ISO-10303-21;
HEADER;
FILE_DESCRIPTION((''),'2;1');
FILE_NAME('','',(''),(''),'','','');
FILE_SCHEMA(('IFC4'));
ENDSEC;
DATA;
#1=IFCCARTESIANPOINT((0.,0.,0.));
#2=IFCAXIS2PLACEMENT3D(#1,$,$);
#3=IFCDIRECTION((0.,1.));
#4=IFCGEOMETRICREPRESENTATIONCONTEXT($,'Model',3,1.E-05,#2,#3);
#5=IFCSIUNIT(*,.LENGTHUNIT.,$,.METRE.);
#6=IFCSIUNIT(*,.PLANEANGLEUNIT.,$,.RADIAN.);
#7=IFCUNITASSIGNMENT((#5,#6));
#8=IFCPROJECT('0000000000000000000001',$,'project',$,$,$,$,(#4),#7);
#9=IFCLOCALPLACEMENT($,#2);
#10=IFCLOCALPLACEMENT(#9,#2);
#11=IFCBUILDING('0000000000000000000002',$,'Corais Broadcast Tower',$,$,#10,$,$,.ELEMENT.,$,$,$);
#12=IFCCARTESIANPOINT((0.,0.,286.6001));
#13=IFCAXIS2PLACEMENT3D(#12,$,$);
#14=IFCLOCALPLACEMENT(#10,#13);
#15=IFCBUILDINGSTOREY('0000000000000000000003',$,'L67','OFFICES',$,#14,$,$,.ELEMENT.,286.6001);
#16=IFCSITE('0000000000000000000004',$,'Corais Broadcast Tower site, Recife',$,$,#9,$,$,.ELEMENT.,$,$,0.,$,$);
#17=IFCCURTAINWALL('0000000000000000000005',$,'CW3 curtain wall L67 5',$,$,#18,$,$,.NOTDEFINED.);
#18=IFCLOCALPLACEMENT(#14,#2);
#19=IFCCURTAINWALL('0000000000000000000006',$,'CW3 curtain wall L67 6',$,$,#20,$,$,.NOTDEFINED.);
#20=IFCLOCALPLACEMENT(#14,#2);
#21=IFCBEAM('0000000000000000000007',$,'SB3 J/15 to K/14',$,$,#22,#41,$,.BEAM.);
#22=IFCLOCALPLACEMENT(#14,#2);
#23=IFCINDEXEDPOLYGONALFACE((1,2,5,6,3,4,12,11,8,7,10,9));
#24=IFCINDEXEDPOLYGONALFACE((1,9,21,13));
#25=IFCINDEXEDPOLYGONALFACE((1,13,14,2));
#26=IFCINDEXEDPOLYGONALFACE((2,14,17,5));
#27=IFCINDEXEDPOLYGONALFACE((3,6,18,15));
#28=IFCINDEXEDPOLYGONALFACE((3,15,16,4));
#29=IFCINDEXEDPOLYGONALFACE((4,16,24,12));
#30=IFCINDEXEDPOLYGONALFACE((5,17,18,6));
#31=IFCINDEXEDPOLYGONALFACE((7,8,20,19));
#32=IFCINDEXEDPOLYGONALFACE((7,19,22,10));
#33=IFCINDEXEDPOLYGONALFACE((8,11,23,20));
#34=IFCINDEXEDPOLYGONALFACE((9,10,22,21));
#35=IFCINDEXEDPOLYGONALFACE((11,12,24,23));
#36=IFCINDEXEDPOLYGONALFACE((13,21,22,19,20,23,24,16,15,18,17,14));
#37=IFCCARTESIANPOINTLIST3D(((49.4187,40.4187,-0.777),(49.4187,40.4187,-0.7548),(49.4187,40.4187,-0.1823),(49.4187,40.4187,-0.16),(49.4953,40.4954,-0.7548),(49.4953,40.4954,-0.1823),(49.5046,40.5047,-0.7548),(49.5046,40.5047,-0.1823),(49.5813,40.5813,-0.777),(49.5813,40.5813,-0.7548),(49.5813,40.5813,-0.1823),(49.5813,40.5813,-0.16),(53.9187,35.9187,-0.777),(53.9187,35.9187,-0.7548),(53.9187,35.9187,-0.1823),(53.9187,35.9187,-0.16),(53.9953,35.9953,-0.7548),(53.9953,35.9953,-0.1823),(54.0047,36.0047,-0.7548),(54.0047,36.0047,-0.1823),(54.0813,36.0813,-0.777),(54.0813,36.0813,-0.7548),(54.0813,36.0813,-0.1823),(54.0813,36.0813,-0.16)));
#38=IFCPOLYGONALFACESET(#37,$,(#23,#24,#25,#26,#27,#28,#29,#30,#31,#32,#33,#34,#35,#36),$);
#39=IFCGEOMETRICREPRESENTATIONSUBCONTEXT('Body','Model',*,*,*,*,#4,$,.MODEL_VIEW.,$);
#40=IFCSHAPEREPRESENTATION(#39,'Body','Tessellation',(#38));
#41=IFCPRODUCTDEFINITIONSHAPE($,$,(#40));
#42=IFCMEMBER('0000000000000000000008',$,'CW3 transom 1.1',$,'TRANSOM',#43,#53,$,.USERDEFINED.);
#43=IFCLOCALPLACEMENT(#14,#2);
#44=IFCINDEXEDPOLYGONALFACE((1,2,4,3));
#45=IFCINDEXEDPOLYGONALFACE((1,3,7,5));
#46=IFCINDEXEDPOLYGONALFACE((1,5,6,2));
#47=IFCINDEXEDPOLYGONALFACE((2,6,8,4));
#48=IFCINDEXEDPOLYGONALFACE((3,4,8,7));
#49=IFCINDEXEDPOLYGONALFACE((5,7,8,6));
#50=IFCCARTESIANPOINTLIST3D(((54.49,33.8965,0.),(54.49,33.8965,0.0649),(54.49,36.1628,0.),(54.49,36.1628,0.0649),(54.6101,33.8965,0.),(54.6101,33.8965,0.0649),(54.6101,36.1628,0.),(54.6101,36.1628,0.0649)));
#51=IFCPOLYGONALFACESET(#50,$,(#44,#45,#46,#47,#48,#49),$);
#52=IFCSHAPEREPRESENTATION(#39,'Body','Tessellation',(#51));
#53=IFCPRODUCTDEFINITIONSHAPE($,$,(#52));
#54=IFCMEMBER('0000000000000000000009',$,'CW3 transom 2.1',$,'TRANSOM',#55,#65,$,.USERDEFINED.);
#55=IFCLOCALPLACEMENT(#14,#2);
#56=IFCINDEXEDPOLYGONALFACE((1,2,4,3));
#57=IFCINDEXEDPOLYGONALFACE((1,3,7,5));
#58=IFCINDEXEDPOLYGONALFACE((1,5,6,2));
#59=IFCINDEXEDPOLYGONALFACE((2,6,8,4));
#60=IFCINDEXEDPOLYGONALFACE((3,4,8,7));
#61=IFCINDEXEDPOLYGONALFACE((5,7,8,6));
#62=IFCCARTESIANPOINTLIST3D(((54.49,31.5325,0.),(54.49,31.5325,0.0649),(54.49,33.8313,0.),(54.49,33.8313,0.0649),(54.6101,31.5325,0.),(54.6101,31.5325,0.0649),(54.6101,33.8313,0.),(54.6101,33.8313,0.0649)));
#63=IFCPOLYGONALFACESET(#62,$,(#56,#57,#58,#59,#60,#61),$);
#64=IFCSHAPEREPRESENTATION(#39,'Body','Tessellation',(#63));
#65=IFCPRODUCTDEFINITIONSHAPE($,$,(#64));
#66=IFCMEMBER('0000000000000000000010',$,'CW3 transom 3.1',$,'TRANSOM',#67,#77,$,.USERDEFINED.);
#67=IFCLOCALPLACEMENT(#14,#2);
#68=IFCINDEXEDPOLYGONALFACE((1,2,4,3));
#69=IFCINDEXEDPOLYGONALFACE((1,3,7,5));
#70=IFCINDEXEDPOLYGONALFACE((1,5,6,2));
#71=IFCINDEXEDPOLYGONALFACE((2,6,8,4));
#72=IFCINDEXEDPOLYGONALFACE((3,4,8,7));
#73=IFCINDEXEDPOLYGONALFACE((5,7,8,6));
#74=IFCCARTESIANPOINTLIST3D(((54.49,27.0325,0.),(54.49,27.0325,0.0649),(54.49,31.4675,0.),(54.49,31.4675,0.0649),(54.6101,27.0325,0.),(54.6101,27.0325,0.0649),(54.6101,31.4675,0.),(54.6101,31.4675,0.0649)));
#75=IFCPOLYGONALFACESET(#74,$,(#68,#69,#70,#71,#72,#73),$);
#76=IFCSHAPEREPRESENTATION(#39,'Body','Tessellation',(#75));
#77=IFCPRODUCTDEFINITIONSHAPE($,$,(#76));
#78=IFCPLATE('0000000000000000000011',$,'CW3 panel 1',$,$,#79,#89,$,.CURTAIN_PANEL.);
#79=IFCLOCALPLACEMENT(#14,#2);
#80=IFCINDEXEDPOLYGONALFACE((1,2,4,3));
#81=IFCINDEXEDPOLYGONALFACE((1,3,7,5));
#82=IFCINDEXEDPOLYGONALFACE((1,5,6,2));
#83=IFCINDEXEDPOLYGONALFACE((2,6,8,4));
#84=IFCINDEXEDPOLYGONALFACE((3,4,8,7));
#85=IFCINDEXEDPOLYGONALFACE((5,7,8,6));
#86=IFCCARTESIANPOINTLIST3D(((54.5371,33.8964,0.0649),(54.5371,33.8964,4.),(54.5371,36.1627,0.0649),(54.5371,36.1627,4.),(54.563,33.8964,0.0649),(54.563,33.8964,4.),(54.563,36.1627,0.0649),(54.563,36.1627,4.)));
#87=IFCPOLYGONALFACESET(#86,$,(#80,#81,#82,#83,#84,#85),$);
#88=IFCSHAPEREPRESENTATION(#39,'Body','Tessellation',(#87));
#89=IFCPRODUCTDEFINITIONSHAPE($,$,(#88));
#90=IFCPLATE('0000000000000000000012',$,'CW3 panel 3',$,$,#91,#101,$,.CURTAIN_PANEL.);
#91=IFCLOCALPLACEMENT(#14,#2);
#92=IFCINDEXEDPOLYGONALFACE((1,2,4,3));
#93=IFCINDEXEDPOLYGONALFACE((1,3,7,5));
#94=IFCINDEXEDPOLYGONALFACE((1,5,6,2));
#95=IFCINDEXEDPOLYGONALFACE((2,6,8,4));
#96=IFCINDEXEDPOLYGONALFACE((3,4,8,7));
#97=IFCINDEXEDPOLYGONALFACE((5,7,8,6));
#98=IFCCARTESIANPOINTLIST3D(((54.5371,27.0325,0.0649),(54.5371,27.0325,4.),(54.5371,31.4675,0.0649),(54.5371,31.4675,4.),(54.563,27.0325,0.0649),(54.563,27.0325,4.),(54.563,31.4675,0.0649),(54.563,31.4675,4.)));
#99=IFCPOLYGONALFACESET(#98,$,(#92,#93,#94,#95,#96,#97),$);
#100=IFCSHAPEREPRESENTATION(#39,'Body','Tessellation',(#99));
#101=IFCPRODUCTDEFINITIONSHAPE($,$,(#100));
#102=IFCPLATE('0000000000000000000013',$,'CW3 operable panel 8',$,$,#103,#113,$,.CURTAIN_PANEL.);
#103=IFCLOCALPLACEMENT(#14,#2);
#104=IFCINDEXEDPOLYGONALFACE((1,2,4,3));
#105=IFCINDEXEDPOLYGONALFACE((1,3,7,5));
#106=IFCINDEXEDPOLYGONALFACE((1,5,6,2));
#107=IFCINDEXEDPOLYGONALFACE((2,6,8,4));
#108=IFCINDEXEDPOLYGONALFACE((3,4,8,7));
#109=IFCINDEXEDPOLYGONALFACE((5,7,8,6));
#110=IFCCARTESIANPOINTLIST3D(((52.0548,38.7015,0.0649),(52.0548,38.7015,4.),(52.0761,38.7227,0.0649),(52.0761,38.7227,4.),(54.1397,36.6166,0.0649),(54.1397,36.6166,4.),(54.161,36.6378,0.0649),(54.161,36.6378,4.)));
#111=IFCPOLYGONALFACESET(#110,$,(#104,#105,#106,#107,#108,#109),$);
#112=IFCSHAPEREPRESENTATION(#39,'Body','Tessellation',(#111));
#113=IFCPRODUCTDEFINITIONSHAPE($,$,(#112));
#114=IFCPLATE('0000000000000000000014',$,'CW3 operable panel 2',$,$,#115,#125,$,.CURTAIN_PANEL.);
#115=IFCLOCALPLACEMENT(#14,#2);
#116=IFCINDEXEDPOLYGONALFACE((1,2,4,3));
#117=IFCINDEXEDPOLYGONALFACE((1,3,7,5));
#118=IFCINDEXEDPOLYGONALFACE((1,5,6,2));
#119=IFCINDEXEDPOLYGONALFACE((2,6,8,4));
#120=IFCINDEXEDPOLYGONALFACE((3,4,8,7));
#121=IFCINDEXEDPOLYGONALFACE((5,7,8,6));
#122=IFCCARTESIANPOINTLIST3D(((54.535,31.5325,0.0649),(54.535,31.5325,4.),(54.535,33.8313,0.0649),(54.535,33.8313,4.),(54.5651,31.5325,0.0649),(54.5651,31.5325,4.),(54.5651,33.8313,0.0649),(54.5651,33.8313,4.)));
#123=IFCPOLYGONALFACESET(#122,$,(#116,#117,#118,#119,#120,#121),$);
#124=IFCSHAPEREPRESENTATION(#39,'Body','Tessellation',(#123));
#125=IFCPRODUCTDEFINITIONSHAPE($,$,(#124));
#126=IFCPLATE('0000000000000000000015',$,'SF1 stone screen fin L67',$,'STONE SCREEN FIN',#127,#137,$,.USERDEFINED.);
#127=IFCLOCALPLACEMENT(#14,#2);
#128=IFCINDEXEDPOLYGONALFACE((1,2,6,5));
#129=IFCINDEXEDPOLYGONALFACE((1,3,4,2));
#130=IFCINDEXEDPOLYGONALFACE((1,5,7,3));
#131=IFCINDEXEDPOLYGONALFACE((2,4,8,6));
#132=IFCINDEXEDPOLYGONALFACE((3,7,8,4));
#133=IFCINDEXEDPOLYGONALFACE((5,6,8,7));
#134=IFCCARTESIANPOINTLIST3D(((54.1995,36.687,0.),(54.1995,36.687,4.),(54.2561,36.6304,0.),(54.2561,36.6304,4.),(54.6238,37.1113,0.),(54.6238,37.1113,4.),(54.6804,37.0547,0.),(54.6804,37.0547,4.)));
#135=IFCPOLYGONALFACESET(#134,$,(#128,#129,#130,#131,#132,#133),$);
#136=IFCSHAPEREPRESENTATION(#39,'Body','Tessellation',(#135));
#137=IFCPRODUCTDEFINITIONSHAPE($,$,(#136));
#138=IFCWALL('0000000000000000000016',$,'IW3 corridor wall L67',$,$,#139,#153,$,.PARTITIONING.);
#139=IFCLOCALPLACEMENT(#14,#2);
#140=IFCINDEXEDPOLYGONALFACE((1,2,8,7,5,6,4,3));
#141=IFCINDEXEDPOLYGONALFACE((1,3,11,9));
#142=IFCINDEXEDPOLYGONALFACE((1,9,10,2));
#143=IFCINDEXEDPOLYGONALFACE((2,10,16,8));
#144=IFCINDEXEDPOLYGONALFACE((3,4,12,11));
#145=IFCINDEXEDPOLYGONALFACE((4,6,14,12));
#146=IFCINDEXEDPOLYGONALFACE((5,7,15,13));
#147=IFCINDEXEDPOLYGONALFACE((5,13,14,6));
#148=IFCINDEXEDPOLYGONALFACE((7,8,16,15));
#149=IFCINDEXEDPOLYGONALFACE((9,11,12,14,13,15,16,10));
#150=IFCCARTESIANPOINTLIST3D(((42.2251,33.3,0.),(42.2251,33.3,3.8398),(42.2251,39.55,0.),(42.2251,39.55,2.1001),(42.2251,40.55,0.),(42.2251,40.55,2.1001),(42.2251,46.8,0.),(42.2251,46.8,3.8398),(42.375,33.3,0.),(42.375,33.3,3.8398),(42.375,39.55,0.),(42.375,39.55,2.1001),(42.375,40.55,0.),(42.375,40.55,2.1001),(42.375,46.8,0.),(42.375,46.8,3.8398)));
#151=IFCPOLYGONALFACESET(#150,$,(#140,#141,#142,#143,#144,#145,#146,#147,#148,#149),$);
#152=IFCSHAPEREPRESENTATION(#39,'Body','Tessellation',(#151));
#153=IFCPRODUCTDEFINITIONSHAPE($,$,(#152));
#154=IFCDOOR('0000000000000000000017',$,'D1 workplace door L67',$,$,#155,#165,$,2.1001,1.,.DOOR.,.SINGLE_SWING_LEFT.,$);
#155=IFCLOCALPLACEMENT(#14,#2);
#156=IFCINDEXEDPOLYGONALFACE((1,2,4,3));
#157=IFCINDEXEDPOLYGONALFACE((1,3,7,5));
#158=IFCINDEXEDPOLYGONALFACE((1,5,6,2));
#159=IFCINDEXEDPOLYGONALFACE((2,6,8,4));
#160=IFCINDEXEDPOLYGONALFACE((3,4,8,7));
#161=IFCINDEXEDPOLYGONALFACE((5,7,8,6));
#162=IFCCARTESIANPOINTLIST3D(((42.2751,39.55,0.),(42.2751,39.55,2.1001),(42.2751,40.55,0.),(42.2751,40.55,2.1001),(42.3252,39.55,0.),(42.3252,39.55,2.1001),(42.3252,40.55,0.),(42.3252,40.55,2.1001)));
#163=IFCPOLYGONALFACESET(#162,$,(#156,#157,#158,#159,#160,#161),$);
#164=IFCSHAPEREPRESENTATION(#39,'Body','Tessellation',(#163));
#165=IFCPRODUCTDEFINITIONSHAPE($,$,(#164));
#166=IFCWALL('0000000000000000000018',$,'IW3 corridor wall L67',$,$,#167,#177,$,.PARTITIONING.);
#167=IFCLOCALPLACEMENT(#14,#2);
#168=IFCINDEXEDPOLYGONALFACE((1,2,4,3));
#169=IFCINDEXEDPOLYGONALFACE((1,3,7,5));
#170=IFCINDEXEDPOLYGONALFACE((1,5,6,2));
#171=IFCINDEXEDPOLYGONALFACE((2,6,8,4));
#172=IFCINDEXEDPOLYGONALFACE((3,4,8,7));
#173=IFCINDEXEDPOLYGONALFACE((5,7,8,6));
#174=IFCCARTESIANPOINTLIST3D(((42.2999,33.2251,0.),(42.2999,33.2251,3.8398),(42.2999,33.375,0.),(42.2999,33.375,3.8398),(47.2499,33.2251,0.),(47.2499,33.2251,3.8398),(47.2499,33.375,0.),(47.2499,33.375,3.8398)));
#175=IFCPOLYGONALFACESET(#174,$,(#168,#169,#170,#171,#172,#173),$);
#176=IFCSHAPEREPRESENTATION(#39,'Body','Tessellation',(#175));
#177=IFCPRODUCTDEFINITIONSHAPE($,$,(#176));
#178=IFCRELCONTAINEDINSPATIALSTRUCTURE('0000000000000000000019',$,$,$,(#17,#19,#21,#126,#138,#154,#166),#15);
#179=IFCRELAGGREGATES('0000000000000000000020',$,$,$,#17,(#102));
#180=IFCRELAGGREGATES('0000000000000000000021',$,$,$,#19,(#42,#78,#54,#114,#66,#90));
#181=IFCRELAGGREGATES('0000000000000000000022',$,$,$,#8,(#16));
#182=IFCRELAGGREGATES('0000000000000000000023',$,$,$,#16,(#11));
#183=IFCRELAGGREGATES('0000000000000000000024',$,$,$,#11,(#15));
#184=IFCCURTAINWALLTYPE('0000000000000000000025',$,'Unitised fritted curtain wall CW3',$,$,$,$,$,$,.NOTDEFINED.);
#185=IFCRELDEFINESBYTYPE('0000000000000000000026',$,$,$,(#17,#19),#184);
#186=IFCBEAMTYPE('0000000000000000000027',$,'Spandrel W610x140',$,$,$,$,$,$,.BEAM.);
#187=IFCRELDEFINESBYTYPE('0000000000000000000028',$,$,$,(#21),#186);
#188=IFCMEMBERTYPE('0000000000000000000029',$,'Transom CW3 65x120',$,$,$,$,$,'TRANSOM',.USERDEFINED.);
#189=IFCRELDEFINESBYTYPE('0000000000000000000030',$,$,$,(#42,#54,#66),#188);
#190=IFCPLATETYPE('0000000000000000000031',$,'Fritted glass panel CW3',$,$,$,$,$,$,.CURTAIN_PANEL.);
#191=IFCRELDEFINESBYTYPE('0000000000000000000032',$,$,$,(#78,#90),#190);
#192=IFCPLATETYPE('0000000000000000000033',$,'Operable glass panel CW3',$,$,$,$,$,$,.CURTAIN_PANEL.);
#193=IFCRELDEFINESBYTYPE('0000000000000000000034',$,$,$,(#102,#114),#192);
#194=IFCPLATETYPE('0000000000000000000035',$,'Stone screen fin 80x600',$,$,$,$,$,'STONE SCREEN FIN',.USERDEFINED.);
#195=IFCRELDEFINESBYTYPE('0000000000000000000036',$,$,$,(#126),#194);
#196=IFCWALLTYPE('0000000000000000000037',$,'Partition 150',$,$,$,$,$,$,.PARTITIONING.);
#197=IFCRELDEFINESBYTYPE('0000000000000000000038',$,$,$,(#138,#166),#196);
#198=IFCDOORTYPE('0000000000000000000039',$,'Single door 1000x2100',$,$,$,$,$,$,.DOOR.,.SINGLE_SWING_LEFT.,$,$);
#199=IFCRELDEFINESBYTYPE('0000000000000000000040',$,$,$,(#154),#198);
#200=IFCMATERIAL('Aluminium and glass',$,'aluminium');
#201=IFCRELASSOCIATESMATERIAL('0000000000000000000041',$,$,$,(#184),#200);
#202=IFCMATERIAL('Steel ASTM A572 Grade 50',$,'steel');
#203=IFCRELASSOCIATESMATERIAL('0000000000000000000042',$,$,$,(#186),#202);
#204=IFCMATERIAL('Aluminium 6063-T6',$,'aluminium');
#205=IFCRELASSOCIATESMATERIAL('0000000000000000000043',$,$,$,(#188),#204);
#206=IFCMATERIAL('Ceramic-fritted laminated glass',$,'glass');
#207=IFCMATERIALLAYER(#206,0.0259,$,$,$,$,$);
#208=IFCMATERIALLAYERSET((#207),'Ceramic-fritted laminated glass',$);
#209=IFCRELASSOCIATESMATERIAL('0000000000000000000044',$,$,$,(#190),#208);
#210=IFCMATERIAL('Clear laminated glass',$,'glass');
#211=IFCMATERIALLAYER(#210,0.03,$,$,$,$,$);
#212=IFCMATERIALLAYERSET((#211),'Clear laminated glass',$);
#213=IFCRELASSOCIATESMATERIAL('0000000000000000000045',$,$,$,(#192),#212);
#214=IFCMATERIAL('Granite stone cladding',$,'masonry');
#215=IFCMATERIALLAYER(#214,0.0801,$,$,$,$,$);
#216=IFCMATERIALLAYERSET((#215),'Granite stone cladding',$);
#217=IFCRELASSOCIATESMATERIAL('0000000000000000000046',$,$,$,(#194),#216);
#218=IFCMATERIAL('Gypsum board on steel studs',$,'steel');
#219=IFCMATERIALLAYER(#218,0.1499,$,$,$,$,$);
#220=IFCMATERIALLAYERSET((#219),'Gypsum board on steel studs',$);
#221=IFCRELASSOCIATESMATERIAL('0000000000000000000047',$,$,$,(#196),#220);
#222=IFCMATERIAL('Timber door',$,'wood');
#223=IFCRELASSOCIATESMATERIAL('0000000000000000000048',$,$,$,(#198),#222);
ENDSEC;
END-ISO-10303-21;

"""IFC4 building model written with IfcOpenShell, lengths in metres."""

from ifc_helpers import new_model, si_unit, direction, frame, frame_2d, origin, origin_2d, place, context, subcontext, project, spatial, rectangle, i_section, extrude, material, layer, layer_set, material_profile, profile_set, type_object, element, fill, aggregate, save


model = new_model("IFC4")

# Units and contexts
model_context = context("Model", 3, precision=1e-05, world=origin(), true_north=direction((0.0, 1.0)))
body_context = subcontext(model_context, "Body", "Model", "MODEL_VIEW")
ifc_project = project(units=[si_unit("LENGTHUNIT", "METRE"), si_unit("PLANEANGLEUNIT", "RADIAN")], contexts=[model_context])

# Site, building, storey
site_placement = place(None, origin())
site = spatial("IfcSite", under=ifc_project, at=site_placement, Name="Corais Broadcast Tower site, Recife", CompositionType="ELEMENT", RefElevation=0.0)
building_placement = place(site_placement, origin())
building = spatial("IfcBuilding", under=site, at=building_placement, Name="Corais Broadcast Tower", CompositionType="ELEMENT")
storey_placement = place(building_placement, frame((0.0, 0.0, 286.6001)))
storey = spatial("IfcBuildingStorey", under=building, at=storey_placement, Name="L67", Description="OFFICES", CompositionType="ELEMENT", Elevation=286.6001)

# Curtain wall
ifc_material_1 = material(Name="Aluminium and glass", Category="aluminium")
curtain_wall_type = type_object("IfcCurtainWallType", Name="Unitised fritted curtain wall CW3", PredefinedType="NOTDEFINED", material=ifc_material_1)
curtain_wall_1_placement = place(storey_placement, origin())
curtain_wall_1 = element("IfcCurtainWall", 1, at=curtain_wall_1_placement, inside=storey, type_object=curtain_wall_type, Name="CW3 curtain wall L67 5", PredefinedType="NOTDEFINED")

# Curtain wall
curtain_wall_2_placement = place(storey_placement, origin())
curtain_wall_2 = element("IfcCurtainWall", 2, at=curtain_wall_2_placement, inside=storey, type_object=curtain_wall_type, Name="CW3 curtain wall L67 6", PredefinedType="NOTDEFINED")

# Beam
ifc_material_2 = material(Name="Steel ASTM A572 Grade 50", Category="steel")
ifc_material_profile_1 = material_profile(ifc_material_2, i_section(OverallWidth=0.23, OverallDepth=0.6169, WebThickness=0.0132, FlangeThickness=0.0222, at=origin_2d()), Name="W610x140")
ifc_profile_set_1 = profile_set([ifc_material_profile_1], Name="Steel ASTM A572 Grade 50")
beam_type_1 = type_object("IfcBeamType", Name="Spandrel W610x140", PredefinedType="BEAM", material=ifc_profile_set_1)
beam_placement = place(storey_placement, frame((54.0, 36.0, -0.4685), z_axis=(-0.707107, 0.707107, 0.0), x_axis=(-0.707107, -0.707107, 0.0)))
element("IfcBeam", 3, at=beam_placement, inside=storey, type_object=beam_type_1, Name="SB3 J/15 to K/14", PredefinedType="BEAM", context=body_context, shape_type="SweptSolid", body=[
    extrude(i_section(OverallWidth=0.23, OverallDepth=0.6169, WebThickness=0.0132, FlangeThickness=0.0222, at=origin_2d()), origin(), (0.0, 0.0, 1.0), 6.364),
])

# Members
ifc_material_3 = material(Name="Aluminium 6063-T6", Category="aluminium")
ifc_material_profile_2 = material_profile(ifc_material_3, rectangle(XDim=0.1201, YDim=0.0649, at=origin_2d()), Name="Transom CW3 65x120")
ifc_profile_set_2 = profile_set([ifc_material_profile_2], Name="Aluminium 6063-T6")
member_type_1 = type_object("IfcMemberType", Name="Transom CW3 65x120", ElementType="TRANSOM", PredefinedType="USERDEFINED", material=ifc_profile_set_2)
member_1_placement = place(storey_placement, frame((54.55, 36.1628, 0.0325), z_axis=(0.0, -1.0, 0.0), x_axis=(1.0, 0.0, 0.0)))
member_1 = element("IfcMember", 4, at=member_1_placement, type_object=member_type_1, Name="CW3 transom 1.1", ObjectType="TRANSOM", PredefinedType="USERDEFINED", context=body_context, shape_type="SweptSolid", body=[
    extrude(rectangle(XDim=0.1201, YDim=0.0649, at=origin_2d()), origin(), (0.0, 0.0, 1.0), 2.2664),
])
member_2_placement = place(storey_placement, frame((54.55, 33.8313, 0.0325), z_axis=(0.0, -1.0, 0.0), x_axis=(1.0, 0.0, 0.0)))
member_2 = element("IfcMember", 5, at=member_2_placement, type_object=member_type_1, Name="CW3 transom 2.1", ObjectType="TRANSOM", PredefinedType="USERDEFINED", context=body_context, shape_type="SweptSolid", body=[
    extrude(rectangle(XDim=0.1201, YDim=0.0649, at=origin_2d()), origin(), (0.0, 0.0, 1.0), 2.2988),
])
member_3_placement = place(storey_placement, frame((54.55, 31.4675, 0.0325), z_axis=(0.0, -1.0, 0.0), x_axis=(1.0, 0.0, 0.0)))
member_3 = element("IfcMember", 6, at=member_3_placement, type_object=member_type_1, Name="CW3 transom 3.1", ObjectType="TRANSOM", PredefinedType="USERDEFINED", context=body_context, shape_type="SweptSolid", body=[
    extrude(rectangle(XDim=0.1201, YDim=0.0649, at=origin_2d()), origin(), (0.0, 0.0, 1.0), 4.4351),
])

# Plates
ifc_material_4 = material(Name="Ceramic-fritted laminated glass", Category="glass")
ifc_layer_1 = layer(ifc_material_4, 0.0259)
ifc_layer_set_1 = layer_set([ifc_layer_1], Name="Ceramic-fritted laminated glass")
plate_type_1 = type_object("IfcPlateType", Name="Fritted glass panel CW3", PredefinedType="CURTAIN_PANEL", material=ifc_layer_set_1)
plate_1_placement = place(storey_placement, frame((54.55, 35.0295, 0.0649), z_axis=(0.0, 0.0, 1.0), x_axis=(0.0, -1.0, 0.0)))
plate_1 = element("IfcPlate", 7, at=plate_1_placement, type_object=plate_type_1, Name="CW3 panel 1", PredefinedType="CURTAIN_PANEL", context=body_context, shape_type="SweptSolid", body=[
    extrude(rectangle(XDim=2.2664, YDim=0.0259, at=origin_2d()), origin(), (0.0, 0.0, 1.0), 3.9351),
])
plate_2_placement = place(storey_placement, frame((54.55, 29.25, 0.0649), z_axis=(0.0, 0.0, 1.0), x_axis=(0.0, -1.0, 0.0)))
plate_2 = element("IfcPlate", 8, at=plate_2_placement, type_object=plate_type_1, Name="CW3 panel 3", PredefinedType="CURTAIN_PANEL", context=body_context, shape_type="SweptSolid", body=[
    extrude(rectangle(XDim=4.4351, YDim=0.0259, at=origin_2d()), origin(), (0.0, 0.0, 1.0), 3.9351),
])
ifc_material_5 = material(Name="Clear laminated glass", Category="glass")
ifc_layer_2 = layer(ifc_material_5, 0.03)
ifc_layer_set_2 = layer_set([ifc_layer_2], Name="Clear laminated glass")
plate_type_2 = type_object("IfcPlateType", Name="Operable glass panel CW3", PredefinedType="CURTAIN_PANEL", material=ifc_layer_set_2)
plate_3_placement = place(storey_placement, frame((53.1079, 37.6697, 0.0649), z_axis=(0.0, 0.0, 1.0), x_axis=(0.707107, -0.707107, 0.0)))
plate_3 = element("IfcPlate", 9, at=plate_3_placement, type_object=plate_type_2, Name="CW3 operable panel 8", PredefinedType="CURTAIN_PANEL", context=body_context, shape_type="SweptSolid", body=[
    extrude(rectangle(XDim=2.9485, YDim=0.03, at=origin_2d()), origin(), (0.0, 0.0, 1.0), 3.9351),
])
aggregate(curtain_wall_1, [plate_3])
plate_4_placement = place(storey_placement, frame((54.55, 32.6819, 0.0649), z_axis=(0.0, 0.0, 1.0), x_axis=(0.0, -1.0, 0.0)))
plate_4 = element("IfcPlate", 10, at=plate_4_placement, type_object=plate_type_2, Name="CW3 operable panel 2", PredefinedType="CURTAIN_PANEL", context=body_context, shape_type="SweptSolid", body=[
    extrude(rectangle(XDim=2.2988, YDim=0.03, at=origin_2d()), origin(), (0.0, 0.0, 1.0), 3.9351),
])
aggregate(curtain_wall_2, [member_1, plate_1, member_2, plate_4, member_3, plate_2])
ifc_material_6 = material(Name="Granite stone cladding", Category="masonry")
ifc_layer_3 = layer(ifc_material_6, 0.0801)
ifc_layer_set_3 = layer_set([ifc_layer_3], Name="Granite stone cladding")
plate_type_3 = type_object("IfcPlateType", Name="Stone screen fin 80x600", ElementType="STONE SCREEN FIN", PredefinedType="USERDEFINED", material=ifc_layer_set_3)
plate_5_placement = place(storey_placement, frame((54.4399, 36.8708, 0.0), z_axis=(0.0, 0.0, 1.0), x_axis=(0.707107, -0.707107, 0.0)))
element("IfcPlate", 11, at=plate_5_placement, inside=storey, type_object=plate_type_3, Name="SF1 stone screen fin L67", ObjectType="STONE SCREEN FIN", PredefinedType="USERDEFINED", context=body_context, shape_type="SweptSolid", body=[
    extrude(rectangle(XDim=0.0801, YDim=0.6001, at=origin_2d()), origin(), (0.0, 0.0, 1.0), 4.0),
])

# Wall, opening, door
ifc_material_7 = material(Name="Gypsum board on steel studs", Category="steel")
ifc_layer_4 = layer(ifc_material_7, 0.1499)
ifc_layer_set_4 = layer_set([ifc_layer_4], Name="Gypsum board on steel studs")
wall_type = type_object("IfcWallType", Name="Partition 150", PredefinedType="PARTITIONING", material=ifc_layer_set_4)
wall_1_placement = place(storey_placement, frame((42.3, 33.3, 0.0), z_axis=(0.0, 0.0, 1.0), x_axis=(0.0, 1.0, 0.0)))
wall_1 = element("IfcWall", 12, at=wall_1_placement, inside=storey, type_object=wall_type, Name="IW3 corridor wall L67", PredefinedType="PARTITIONING", context=body_context, shape_type="SweptSolid", body=[
    extrude(rectangle(XDim=13.5, YDim=0.1499, at=frame_2d((6.75, 0.0))), origin(), (0.0, 0.0, 1.0), 3.8398),
])
opening_1_placement = place(wall_1_placement, frame((6.25, 0.0, 0.0)))
opening_1 = element("IfcOpeningElement", 13, at=opening_1_placement, cuts=wall_1, PredefinedType="OPENING", context=body_context, shape_type="SweptSolid", body=[
    extrude(rectangle(XDim=1.0, YDim=2.1001, at=frame_2d((0.5, 1.05))), frame((0.0, 0.085, 0.0), z_axis=(0.0, -1.0, 0.0), x_axis=(1.0, 0.0, 0.0)), (0.0, 0.0, 1.0), 0.1699),
])
ifc_material_8 = material(Name="Timber door", Category="wood")
door_type = type_object("IfcDoorType", Name="Single door 1000x2100", OperationType="SINGLE_SWING_LEFT", PredefinedType="DOOR", material=ifc_material_8)
door_1_placement = place(opening_1_placement, origin())
door_1 = element("IfcDoor", 14, at=door_1_placement, inside=storey, type_object=door_type, Name="D1 workplace door L67", OperationType="SINGLE_SWING_LEFT", OverallHeight=2.1001, OverallWidth=1.0, PredefinedType="DOOR", context=body_context, shape_type="SweptSolid", body=[
    extrude(rectangle(XDim=1.0, YDim=2.1001, at=frame_2d((0.5, 1.05))), frame((0.0, 0.0249, 0.0), z_axis=(0.0, -1.0, 0.0), x_axis=(1.0, 0.0, 0.0)), (0.0, 0.0, 1.0), 0.05),
])
fill(opening_1, door_1)

# Wall
wall_2_placement = place(storey_placement, frame((47.25, 33.3, 0.0), z_axis=(0.0, 0.0, 1.0), x_axis=(-1.0, 0.0, 0.0)))
element("IfcWall", 15, at=wall_2_placement, inside=storey, type_object=wall_type, Name="IW3 corridor wall L67", PredefinedType="PARTITIONING", context=body_context, shape_type="SweptSolid", body=[
    extrude(rectangle(XDim=4.95, YDim=0.1499, at=frame_2d((2.4751, 0.0))), origin(), (0.0, 0.0, 1.0), 3.8398),
])

save(model, "model.ifc")
